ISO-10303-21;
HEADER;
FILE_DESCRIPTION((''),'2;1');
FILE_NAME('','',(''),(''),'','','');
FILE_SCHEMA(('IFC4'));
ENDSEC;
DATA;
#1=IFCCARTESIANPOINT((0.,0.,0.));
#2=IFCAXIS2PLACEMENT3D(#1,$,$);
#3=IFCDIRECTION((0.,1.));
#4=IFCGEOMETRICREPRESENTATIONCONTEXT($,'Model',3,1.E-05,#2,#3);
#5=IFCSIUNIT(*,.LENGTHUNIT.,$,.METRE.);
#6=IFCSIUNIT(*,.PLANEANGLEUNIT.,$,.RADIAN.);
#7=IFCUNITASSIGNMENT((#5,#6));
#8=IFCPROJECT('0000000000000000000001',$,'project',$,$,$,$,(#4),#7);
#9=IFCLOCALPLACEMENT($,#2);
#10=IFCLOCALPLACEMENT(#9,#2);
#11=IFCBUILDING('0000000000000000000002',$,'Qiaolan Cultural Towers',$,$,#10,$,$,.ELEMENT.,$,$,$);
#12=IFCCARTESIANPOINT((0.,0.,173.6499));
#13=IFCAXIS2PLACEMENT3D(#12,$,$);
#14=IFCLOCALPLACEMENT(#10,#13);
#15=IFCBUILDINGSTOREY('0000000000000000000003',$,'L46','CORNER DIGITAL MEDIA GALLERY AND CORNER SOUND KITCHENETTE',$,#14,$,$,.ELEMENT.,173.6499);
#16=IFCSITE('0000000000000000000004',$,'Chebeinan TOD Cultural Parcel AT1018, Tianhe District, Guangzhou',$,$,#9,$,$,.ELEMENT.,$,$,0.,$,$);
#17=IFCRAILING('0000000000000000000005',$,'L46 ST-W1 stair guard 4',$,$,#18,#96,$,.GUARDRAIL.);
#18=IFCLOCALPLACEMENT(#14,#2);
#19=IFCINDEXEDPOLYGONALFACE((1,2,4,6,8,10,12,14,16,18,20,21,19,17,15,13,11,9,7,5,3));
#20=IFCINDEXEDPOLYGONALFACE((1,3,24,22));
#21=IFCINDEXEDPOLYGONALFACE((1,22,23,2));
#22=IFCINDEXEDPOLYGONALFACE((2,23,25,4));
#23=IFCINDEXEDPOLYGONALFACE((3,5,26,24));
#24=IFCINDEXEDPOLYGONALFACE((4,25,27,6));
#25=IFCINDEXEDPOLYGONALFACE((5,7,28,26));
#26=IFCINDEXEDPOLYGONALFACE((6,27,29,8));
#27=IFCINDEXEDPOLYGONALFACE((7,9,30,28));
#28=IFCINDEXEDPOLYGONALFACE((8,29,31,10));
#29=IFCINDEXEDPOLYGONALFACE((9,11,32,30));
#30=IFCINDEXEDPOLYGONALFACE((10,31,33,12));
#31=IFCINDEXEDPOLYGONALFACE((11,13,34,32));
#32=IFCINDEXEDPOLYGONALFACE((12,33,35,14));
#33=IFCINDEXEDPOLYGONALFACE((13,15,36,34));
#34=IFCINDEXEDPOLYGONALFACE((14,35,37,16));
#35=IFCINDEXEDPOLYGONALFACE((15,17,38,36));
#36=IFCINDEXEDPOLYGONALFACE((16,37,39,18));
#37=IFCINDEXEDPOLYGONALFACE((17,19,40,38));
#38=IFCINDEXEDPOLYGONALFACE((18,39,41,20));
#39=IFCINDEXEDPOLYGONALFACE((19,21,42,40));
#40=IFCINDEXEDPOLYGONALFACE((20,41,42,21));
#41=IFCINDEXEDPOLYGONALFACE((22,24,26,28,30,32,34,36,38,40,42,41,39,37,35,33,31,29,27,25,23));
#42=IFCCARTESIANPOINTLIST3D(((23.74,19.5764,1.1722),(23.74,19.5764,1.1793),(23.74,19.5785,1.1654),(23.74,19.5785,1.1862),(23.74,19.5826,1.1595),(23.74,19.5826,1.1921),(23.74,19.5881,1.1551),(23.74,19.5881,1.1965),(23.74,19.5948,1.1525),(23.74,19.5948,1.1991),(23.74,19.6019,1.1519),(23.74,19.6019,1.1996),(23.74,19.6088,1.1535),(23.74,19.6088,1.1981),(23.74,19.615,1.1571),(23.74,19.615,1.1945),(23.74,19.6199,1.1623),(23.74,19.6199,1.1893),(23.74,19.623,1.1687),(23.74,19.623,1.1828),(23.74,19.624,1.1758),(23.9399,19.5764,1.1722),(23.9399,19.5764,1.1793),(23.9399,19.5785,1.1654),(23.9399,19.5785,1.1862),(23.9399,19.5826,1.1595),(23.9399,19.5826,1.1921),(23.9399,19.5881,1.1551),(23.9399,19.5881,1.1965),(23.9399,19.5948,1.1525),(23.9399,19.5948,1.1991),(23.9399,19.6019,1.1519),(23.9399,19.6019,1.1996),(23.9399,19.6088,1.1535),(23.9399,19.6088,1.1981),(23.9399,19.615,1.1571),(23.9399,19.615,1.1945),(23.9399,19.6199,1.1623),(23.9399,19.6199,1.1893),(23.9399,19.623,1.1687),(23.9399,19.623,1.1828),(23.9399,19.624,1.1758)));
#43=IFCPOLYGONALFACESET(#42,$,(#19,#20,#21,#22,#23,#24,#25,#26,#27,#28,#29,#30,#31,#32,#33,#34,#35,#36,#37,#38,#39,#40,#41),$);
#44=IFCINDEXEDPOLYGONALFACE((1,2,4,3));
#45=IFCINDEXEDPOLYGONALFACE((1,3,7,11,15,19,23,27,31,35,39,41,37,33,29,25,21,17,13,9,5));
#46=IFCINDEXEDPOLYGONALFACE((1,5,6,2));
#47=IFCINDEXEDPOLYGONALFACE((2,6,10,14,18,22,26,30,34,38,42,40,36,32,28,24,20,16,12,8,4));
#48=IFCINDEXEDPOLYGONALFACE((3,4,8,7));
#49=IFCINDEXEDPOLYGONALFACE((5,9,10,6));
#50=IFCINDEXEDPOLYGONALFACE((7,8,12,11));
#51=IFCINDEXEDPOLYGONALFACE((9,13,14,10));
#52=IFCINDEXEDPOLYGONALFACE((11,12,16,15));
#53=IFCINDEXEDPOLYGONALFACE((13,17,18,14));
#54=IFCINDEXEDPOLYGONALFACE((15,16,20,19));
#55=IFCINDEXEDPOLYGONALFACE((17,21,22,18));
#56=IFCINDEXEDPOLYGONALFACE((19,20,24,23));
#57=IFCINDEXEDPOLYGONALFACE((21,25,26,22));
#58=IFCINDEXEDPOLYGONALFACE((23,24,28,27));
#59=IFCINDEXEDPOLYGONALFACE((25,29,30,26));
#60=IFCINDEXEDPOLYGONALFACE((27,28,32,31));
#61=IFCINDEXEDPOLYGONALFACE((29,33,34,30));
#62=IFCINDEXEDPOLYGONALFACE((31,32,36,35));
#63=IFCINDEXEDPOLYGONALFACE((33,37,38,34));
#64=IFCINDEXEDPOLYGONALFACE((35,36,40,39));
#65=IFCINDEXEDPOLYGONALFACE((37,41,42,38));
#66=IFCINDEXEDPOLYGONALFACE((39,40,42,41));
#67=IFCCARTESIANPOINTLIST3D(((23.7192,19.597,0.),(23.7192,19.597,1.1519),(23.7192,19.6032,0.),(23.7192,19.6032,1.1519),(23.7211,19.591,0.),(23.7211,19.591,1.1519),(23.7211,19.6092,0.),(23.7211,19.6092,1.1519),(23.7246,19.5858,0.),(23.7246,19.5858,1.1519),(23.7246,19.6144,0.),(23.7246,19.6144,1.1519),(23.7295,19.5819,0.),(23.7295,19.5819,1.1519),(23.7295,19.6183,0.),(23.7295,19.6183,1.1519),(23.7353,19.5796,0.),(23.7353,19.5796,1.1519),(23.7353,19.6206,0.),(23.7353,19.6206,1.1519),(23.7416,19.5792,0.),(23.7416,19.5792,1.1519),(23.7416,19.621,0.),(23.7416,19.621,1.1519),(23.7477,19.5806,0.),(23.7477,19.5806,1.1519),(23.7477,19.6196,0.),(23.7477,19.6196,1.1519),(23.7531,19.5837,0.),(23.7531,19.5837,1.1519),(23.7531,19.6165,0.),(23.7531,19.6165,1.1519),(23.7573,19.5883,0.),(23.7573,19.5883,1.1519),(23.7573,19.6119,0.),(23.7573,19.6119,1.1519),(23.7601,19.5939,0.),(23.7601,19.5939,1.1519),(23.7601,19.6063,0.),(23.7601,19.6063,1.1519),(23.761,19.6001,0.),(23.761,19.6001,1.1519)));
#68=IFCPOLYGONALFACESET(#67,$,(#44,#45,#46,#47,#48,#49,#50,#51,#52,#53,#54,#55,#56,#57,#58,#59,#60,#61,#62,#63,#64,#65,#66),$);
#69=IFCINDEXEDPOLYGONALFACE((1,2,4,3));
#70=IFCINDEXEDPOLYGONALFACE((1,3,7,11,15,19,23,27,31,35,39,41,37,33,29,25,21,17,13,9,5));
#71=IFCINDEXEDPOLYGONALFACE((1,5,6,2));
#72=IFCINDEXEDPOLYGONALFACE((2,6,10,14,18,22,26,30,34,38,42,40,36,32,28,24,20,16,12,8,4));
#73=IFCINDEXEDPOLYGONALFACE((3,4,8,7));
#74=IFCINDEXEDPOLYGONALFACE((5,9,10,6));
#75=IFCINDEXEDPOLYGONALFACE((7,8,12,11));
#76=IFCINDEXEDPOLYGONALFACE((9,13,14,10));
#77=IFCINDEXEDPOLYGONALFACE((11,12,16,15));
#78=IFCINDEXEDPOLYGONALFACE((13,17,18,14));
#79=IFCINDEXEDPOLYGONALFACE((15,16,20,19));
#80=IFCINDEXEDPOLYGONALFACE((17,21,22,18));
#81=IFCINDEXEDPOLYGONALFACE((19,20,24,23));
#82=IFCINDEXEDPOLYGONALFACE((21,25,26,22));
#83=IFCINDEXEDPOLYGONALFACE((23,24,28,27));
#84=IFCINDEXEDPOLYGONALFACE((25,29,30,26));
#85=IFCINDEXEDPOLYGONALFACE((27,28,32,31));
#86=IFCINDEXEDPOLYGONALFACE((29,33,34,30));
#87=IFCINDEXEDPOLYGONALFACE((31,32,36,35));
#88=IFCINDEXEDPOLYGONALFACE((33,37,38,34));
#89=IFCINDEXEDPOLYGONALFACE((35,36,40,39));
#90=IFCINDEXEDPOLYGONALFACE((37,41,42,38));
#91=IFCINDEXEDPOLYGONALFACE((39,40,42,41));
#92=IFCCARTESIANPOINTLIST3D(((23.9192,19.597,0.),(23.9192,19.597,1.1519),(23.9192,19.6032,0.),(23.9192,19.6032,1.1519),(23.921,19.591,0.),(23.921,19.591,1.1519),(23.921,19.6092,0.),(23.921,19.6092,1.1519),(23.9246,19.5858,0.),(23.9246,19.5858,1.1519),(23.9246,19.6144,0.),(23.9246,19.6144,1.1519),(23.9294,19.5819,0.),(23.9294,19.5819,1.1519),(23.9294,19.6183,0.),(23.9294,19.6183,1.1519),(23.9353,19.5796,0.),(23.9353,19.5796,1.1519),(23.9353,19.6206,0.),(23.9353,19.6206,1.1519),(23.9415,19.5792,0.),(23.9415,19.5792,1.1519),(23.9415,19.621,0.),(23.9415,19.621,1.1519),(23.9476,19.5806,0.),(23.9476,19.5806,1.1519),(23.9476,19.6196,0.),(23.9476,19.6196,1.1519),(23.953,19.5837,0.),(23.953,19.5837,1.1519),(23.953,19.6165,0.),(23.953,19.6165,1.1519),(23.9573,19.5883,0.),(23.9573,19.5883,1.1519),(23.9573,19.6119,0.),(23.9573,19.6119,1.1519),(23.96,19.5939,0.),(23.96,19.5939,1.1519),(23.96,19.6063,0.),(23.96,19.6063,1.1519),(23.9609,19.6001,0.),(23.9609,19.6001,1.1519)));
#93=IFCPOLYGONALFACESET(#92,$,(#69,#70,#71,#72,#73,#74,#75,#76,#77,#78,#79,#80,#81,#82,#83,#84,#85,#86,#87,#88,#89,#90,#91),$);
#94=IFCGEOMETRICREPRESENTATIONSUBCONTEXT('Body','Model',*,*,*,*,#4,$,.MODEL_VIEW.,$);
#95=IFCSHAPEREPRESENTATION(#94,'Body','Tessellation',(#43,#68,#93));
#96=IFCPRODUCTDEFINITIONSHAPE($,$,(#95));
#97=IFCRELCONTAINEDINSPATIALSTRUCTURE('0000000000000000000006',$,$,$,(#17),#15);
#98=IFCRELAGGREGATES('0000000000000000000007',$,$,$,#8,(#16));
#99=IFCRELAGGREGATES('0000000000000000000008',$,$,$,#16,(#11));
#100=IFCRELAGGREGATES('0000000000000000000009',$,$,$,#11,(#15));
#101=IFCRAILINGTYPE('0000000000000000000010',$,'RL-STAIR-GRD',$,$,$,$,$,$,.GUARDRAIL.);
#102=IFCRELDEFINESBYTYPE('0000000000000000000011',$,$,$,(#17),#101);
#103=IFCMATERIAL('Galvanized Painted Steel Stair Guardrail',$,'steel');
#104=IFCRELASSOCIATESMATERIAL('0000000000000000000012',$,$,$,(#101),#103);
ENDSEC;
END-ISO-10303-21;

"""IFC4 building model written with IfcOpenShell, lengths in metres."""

from ifc_helpers import new_model, si_unit, direction, frame, origin, origin_2d, place, context, subcontext, project, spatial, circle, extrude, material, type_object, element, save


model = new_model("IFC4")

# Units and contexts
model_context = context("Model", 3, precision=1e-05, world=origin(), true_north=direction((0.0, 1.0)))
body_context = subcontext(model_context, "Body", "Model", "MODEL_VIEW")
ifc_project = project(units=[si_unit("LENGTHUNIT", "METRE"), si_unit("PLANEANGLEUNIT", "RADIAN")], contexts=[model_context])

# Site, building, storey
site_placement = place(None, origin())
site = spatial("IfcSite", under=ifc_project, at=site_placement, Name="Chebeinan TOD Cultural Parcel AT1018, Tianhe District, Guangzhou", CompositionType="ELEMENT", RefElevation=0.0)
building_placement = place(site_placement, origin())
building = spatial("IfcBuilding", under=site, at=building_placement, Name="Qiaolan Cultural Towers", CompositionType="ELEMENT")
storey_placement = place(building_placement, frame((0.0, 0.0, 173.6499)))
storey = spatial("IfcBuildingStorey", under=building, at=storey_placement, Name="L46", Description="CORNER DIGITAL MEDIA GALLERY AND CORNER SOUND KITCHENETTE", CompositionType="ELEMENT", Elevation=173.6499)

# Railing
ifc_material_1 = material(Name="Galvanized Painted Steel Stair Guardrail", Category="steel")
railing_type = type_object("IfcRailingType", Name="RL-STAIR-GRD", PredefinedType="GUARDRAIL", material=ifc_material_1)
railing_1_placement = place(storey_placement, frame((23.74, 19.6001, 0.0)))
element("IfcRailing", 1, at=railing_1_placement, inside=storey, type_object=railing_type, Name="L46 ST-W1 stair guard 4", PredefinedType="GUARDRAIL", context=body_context, shape_type="SweptSolid", body=[
    extrude(circle(Radius=0.0239, at=origin_2d()), frame((0.0, 0.0, 1.1758), z_axis=(1.0, 0.0, 0.0), x_axis=(0.0, 1.0, 0.0)), (0.0, 0.0, 1.0), 0.2),
    extrude(circle(Radius=0.021, at=origin_2d()), origin(), (0.0, 0.0, 1.0), 1.1519),
    extrude(circle(Radius=0.021, at=origin_2d()), frame((0.2, 0.0, 0.0)), (0.0, 0.0, 1.0), 1.1519),
])

save(model, "model.ifc")
